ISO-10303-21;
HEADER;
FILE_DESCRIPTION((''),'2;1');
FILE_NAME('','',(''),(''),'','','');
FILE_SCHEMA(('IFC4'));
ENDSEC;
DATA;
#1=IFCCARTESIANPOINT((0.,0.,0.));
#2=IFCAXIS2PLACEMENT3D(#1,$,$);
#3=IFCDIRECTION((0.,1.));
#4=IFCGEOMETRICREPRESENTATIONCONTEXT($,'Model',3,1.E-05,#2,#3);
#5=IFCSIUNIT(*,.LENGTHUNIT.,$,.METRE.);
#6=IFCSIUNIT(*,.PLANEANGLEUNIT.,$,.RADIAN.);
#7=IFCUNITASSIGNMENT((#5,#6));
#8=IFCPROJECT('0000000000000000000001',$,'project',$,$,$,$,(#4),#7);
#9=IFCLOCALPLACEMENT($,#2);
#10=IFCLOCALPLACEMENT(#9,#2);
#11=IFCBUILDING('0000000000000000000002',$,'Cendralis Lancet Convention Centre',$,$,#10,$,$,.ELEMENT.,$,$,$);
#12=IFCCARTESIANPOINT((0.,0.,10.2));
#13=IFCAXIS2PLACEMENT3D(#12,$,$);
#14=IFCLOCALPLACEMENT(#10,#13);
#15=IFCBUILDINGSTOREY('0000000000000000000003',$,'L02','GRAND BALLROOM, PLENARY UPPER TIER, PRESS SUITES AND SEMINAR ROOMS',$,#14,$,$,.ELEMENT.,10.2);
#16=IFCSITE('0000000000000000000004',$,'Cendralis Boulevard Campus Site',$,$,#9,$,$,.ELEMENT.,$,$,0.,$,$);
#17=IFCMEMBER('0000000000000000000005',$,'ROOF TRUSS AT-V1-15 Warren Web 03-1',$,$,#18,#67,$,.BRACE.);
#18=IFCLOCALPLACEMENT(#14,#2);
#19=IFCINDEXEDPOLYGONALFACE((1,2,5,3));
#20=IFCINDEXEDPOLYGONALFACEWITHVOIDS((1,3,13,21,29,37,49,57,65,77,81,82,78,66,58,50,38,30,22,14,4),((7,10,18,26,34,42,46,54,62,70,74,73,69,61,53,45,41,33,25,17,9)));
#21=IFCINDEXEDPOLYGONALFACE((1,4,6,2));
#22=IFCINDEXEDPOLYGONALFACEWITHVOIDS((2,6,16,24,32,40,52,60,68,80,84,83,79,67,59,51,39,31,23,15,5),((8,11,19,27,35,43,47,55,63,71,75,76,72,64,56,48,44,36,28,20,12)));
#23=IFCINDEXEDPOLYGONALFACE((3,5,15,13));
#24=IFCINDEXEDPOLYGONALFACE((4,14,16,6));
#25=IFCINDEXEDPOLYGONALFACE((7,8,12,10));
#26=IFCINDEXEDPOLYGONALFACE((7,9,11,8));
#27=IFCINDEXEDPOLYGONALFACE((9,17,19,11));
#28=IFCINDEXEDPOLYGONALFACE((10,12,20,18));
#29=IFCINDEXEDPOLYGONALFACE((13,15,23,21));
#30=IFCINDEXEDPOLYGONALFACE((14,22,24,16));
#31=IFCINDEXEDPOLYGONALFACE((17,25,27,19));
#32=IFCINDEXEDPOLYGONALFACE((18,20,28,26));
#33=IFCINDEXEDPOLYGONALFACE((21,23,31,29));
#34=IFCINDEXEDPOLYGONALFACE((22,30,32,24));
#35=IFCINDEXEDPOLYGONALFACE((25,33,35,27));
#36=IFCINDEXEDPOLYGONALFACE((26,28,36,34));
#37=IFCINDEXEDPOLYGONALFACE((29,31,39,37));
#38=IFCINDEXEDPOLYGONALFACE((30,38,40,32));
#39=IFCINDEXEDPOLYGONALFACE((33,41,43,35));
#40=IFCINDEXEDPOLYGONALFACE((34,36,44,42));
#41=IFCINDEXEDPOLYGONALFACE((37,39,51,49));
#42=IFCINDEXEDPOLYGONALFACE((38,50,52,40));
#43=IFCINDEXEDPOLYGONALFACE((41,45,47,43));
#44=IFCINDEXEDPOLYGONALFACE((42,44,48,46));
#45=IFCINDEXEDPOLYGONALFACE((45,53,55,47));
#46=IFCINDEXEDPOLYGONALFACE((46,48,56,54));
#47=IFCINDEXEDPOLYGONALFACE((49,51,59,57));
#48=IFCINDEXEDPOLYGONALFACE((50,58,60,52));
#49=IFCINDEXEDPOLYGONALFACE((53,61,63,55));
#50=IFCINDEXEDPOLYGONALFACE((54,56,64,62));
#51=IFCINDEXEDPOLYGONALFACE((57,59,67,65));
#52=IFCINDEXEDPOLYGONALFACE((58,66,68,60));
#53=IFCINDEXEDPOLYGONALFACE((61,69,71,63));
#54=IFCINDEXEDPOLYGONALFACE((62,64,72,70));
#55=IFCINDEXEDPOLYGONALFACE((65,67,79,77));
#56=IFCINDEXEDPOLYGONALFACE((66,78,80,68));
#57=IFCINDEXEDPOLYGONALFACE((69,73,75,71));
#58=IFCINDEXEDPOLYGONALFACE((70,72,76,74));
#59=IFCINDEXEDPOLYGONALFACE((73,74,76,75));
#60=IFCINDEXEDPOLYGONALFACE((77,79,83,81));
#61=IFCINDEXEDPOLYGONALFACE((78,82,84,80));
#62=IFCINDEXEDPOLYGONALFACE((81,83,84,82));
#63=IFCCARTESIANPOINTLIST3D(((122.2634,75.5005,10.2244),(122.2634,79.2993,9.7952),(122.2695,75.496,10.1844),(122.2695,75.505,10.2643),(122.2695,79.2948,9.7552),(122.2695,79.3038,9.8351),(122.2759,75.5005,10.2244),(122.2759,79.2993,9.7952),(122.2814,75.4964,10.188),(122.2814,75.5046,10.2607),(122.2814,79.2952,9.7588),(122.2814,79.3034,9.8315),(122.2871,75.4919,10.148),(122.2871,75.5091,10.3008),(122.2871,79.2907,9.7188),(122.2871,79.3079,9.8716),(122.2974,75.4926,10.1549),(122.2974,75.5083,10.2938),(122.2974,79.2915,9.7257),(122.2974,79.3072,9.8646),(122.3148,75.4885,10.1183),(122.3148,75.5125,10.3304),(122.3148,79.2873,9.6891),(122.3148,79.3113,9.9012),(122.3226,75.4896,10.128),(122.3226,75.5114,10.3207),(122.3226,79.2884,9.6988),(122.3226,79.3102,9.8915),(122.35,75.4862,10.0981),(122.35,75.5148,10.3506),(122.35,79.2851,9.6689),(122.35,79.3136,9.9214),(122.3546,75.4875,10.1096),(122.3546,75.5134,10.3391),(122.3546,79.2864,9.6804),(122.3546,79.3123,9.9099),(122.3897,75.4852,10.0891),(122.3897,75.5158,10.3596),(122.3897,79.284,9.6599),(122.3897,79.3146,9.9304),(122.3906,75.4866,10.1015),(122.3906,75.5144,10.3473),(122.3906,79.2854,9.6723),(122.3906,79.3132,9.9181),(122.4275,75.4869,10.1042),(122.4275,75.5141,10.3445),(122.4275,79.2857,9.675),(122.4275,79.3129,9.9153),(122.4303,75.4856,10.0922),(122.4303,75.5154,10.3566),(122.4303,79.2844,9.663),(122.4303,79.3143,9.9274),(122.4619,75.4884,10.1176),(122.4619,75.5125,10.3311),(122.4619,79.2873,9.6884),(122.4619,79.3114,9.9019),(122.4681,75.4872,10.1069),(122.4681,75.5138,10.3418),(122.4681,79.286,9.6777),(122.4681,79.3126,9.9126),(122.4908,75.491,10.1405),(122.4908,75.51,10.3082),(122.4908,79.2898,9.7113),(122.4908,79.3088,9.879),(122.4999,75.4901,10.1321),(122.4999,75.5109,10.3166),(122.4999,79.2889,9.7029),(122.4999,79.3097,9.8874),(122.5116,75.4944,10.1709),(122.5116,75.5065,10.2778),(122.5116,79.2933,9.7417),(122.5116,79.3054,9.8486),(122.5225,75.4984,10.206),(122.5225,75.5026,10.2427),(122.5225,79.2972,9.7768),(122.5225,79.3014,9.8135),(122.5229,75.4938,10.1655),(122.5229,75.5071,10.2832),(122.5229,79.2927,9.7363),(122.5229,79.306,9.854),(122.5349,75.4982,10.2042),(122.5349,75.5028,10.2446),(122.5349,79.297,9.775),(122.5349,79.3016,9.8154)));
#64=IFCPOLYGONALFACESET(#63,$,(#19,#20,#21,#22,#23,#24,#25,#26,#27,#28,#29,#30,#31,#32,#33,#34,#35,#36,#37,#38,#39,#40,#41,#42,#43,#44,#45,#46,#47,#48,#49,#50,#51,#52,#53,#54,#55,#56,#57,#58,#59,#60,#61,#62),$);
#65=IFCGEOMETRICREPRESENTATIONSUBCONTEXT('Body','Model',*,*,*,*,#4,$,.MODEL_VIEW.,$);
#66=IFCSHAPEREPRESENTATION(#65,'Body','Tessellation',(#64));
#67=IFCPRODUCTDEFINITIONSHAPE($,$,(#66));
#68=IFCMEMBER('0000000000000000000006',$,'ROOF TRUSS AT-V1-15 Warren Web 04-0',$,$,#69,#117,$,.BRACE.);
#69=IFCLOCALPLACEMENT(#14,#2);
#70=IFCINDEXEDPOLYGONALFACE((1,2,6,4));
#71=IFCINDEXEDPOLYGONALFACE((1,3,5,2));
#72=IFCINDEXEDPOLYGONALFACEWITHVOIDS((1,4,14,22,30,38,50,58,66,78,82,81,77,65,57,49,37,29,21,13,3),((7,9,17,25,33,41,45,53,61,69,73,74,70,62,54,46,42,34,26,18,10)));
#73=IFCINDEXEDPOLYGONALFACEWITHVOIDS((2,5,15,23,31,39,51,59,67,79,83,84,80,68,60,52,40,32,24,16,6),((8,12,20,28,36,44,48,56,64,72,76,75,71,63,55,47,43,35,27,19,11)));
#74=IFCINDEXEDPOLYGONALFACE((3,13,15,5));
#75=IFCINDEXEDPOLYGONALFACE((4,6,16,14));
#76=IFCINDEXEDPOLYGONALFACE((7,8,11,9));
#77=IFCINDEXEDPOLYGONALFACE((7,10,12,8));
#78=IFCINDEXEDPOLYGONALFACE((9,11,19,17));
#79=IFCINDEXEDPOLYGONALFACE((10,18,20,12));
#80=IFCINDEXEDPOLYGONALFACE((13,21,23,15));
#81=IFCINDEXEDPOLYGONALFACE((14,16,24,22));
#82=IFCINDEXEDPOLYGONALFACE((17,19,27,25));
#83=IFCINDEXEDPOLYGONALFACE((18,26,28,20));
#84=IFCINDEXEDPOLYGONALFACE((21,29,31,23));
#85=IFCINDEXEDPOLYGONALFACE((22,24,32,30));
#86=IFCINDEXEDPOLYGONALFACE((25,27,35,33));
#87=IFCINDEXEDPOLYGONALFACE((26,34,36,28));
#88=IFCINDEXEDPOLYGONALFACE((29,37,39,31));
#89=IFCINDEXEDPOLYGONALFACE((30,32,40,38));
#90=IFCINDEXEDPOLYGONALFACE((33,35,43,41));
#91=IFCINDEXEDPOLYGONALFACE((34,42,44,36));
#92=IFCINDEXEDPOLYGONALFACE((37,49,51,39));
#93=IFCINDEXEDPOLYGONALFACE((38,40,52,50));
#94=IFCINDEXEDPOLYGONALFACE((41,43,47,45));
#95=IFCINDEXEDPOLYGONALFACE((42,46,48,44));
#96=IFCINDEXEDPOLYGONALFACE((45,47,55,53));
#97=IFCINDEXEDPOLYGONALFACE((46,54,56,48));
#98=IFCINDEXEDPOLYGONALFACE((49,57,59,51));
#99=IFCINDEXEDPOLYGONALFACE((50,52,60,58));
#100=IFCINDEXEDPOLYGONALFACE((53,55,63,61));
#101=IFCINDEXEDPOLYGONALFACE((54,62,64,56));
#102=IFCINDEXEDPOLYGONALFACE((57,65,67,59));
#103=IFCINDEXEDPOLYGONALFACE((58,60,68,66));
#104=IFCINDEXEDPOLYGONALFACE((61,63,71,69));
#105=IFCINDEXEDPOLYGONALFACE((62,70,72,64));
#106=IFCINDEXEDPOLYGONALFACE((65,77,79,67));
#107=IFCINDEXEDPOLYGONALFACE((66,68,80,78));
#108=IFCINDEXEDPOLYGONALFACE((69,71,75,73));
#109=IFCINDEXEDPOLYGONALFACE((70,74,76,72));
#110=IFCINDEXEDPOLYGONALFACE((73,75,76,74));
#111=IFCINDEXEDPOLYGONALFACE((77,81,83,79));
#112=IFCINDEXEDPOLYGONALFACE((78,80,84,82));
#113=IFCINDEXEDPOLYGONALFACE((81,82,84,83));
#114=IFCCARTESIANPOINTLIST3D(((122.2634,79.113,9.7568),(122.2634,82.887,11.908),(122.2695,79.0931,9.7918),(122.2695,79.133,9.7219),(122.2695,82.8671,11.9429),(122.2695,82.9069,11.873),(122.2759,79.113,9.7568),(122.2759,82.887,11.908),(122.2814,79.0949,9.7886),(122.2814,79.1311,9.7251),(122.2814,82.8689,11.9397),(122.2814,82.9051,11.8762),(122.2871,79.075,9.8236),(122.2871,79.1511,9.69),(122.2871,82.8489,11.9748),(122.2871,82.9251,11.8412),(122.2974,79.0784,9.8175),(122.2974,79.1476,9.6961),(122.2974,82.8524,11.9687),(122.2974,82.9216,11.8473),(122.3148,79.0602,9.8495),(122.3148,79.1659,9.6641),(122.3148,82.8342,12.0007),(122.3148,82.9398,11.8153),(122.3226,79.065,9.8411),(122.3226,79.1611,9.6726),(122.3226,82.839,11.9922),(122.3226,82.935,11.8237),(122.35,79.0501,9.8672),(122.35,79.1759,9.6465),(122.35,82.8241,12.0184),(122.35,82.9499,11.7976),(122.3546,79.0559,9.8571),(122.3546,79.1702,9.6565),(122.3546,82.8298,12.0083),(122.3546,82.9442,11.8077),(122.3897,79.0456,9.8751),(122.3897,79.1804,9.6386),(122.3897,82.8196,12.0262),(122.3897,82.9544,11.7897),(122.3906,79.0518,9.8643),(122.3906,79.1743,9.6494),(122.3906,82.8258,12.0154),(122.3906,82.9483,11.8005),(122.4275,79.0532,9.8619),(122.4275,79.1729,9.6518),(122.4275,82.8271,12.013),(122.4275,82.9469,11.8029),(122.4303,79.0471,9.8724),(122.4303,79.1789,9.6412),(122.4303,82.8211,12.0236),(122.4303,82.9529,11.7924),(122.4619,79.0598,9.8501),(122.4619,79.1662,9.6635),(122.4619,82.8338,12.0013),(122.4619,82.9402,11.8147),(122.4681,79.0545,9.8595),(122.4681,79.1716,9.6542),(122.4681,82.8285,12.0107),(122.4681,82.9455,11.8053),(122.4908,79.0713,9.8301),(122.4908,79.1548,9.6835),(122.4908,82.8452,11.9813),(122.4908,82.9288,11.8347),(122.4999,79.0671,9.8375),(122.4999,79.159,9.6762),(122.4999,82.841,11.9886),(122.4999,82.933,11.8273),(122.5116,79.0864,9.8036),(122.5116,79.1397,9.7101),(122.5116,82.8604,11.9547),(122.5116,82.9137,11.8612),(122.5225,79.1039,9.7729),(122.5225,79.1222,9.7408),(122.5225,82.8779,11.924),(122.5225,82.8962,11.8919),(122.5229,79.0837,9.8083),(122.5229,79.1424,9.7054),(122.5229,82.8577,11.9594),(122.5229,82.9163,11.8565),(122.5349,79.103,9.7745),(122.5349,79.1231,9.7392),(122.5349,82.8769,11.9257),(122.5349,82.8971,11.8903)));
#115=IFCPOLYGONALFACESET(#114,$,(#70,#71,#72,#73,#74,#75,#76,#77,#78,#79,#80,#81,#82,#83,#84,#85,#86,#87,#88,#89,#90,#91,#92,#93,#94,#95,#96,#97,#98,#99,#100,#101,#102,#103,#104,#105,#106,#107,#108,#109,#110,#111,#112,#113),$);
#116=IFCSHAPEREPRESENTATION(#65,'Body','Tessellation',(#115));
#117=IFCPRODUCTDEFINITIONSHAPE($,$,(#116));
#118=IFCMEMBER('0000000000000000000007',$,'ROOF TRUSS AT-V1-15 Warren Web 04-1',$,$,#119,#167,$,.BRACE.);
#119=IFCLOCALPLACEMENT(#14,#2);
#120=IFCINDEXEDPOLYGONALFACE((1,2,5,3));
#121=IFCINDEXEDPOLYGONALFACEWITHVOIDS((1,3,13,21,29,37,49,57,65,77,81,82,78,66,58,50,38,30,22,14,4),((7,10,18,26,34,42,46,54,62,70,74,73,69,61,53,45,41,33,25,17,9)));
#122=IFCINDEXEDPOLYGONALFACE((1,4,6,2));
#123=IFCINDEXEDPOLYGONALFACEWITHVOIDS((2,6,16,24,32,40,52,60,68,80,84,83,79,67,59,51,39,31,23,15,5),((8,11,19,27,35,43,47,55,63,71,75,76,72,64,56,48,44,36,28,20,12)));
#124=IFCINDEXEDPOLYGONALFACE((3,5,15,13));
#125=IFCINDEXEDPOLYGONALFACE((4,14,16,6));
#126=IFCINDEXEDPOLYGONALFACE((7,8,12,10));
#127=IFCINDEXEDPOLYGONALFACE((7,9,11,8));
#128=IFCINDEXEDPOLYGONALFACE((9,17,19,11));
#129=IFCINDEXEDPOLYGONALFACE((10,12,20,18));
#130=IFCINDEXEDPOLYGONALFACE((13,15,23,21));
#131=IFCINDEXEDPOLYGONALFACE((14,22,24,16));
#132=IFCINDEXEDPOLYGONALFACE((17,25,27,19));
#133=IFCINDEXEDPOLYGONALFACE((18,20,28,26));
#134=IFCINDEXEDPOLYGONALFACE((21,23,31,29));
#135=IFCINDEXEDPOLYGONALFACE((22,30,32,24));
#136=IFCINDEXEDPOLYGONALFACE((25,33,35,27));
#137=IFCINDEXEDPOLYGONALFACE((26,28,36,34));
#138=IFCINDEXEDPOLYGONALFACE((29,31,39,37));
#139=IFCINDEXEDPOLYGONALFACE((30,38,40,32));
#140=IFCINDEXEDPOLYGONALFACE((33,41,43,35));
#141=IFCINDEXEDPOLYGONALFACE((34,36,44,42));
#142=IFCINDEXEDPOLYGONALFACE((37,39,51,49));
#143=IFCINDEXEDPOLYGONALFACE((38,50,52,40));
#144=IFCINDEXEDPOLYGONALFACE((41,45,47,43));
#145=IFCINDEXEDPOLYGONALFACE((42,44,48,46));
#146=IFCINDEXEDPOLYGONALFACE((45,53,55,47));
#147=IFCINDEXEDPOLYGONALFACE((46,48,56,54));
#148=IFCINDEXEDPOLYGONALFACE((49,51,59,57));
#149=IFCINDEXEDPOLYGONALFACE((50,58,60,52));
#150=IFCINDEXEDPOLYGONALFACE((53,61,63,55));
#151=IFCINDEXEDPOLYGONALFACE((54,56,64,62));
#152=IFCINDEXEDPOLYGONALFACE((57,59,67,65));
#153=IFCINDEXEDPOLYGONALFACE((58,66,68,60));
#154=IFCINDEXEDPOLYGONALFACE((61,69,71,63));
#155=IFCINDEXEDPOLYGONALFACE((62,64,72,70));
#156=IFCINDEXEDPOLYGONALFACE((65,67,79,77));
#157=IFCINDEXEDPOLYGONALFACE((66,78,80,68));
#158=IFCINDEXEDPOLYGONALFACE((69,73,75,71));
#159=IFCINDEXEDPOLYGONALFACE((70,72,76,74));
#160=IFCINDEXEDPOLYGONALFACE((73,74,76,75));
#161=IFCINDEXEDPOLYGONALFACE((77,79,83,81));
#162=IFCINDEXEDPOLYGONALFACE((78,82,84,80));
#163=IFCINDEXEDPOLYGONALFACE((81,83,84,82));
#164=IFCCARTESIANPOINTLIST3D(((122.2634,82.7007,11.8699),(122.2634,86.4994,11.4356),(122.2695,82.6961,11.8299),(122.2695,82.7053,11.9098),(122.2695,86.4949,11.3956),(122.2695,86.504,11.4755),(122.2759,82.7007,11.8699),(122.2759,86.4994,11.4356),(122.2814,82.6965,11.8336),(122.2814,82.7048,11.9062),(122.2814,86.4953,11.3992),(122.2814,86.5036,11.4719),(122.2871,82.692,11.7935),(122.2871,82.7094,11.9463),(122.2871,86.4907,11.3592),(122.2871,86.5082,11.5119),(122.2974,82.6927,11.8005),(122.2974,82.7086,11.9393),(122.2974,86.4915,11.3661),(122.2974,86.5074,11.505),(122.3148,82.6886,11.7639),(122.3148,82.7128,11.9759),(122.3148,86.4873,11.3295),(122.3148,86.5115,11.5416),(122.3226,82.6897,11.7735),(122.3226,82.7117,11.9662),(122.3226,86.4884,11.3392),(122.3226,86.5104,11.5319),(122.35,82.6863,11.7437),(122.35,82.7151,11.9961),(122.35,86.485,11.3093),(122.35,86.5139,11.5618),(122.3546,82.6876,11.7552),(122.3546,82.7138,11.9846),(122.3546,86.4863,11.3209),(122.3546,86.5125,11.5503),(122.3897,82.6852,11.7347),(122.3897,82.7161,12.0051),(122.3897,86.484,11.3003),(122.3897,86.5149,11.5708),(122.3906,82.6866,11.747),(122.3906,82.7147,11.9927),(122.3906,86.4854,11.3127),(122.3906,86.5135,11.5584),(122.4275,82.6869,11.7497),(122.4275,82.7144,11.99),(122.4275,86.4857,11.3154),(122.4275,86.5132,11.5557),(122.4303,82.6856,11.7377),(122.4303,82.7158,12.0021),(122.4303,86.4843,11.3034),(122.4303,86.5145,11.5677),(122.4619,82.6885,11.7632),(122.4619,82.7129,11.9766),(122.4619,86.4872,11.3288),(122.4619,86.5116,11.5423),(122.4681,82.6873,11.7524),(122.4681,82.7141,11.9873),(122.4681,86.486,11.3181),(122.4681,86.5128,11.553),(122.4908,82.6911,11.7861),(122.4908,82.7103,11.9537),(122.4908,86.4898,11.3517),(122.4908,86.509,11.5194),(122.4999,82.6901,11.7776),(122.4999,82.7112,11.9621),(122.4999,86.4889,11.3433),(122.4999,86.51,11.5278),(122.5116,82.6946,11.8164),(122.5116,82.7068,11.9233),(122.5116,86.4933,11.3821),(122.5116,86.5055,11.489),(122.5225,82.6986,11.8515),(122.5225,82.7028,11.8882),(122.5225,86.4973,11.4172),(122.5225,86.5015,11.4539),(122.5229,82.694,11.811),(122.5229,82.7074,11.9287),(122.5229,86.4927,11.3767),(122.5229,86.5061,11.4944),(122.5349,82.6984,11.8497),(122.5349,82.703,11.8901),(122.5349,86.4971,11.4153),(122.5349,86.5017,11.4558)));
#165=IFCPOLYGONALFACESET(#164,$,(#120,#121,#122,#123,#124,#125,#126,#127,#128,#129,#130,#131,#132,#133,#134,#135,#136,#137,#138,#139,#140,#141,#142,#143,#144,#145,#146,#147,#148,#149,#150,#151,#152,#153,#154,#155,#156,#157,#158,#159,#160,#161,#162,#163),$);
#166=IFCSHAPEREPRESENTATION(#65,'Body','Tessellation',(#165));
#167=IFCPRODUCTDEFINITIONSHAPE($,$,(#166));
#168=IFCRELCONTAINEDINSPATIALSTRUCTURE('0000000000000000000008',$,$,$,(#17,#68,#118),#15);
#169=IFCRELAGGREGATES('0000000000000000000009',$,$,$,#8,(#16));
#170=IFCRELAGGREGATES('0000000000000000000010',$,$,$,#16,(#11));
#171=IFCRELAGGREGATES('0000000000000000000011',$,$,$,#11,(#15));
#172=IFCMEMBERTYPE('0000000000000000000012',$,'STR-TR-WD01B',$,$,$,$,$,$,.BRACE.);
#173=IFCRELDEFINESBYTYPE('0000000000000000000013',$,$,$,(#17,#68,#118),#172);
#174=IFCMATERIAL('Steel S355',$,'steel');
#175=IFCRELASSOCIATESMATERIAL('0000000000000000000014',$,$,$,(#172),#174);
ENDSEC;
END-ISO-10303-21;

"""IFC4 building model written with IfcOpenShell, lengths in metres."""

from ifc_helpers import new_model, si_unit, direction, frame, origin, origin_2d, place, context, subcontext, project, spatial, hollow_circle, extrude, material, material_profile, profile_set, type_object, element, save


model = new_model("IFC4")

# Units and contexts
model_context = context("Model", 3, precision=1e-05, world=origin(), true_north=direction((0.0, 1.0)))
body_context = subcontext(model_context, "Body", "Model", "MODEL_VIEW")
ifc_project = project(units=[si_unit("LENGTHUNIT", "METRE"), si_unit("PLANEANGLEUNIT", "RADIAN")], contexts=[model_context])

# Site, building, storey
site_placement = place(None, origin())
site = spatial("IfcSite", under=ifc_project, at=site_placement, Name="Cendralis Boulevard Campus Site", CompositionType="ELEMENT", RefElevation=0.0)
building_placement = place(site_placement, origin())
building = spatial("IfcBuilding", under=site, at=building_placement, Name="Cendralis Lancet Convention Centre", CompositionType="ELEMENT")
storey_placement = place(building_placement, frame((0.0, 0.0, 10.2)))
storey = spatial("IfcBuildingStorey", under=building, at=storey_placement, Name="L02", Description="GRAND BALLROOM, PLENARY UPPER TIER, PRESS SUITES AND SEMINAR ROOMS", CompositionType="ELEMENT", Elevation=10.2)

# Members
ifc_material = material(Name="Steel S355", Category="steel")
ifc_material_profile_1 = material_profile(ifc_material, hollow_circle(Radius=0.1365, WallThickness=0.0125, at=origin_2d()), Name="CHS 273.0x12.5")
ifc_profile_set_1 = profile_set([ifc_material_profile_1], Name="Steel S355")
member_type_1 = type_object("IfcMemberType", Name="STR-TR-WD01B", PredefinedType="BRACE", material=ifc_profile_set_1)
member_1_placement = place(storey_placement, frame((122.3999, 75.5005, 10.2244), z_axis=(0.0, 0.993678, -0.112268), x_axis=(-1.0, 0.0, 0.0)))
element("IfcMember", 1, at=member_1_placement, inside=storey, type_object=member_type_1, Name="ROOF TRUSS AT-V1-15 Warren Web 03-1", PredefinedType="BRACE", context=body_context, shape_type="SweptSolid", body=[
    extrude(hollow_circle(Radius=0.1365, WallThickness=0.0125, at=origin_2d()), origin(), (0.0, 0.0, 1.0), 3.823),
])
member_2_placement = place(storey_placement, frame((122.3999, 79.113, 9.7568), z_axis=(0.0, 0.868779, 0.4952), x_axis=(-1.0, 0.0, 0.0)))
element("IfcMember", 2, at=member_2_placement, inside=storey, type_object=member_type_1, Name="ROOF TRUSS AT-V1-15 Warren Web 04-0", PredefinedType="BRACE", context=body_context, shape_type="SweptSolid", body=[
    extrude(hollow_circle(Radius=0.1365, WallThickness=0.0125, at=origin_2d()), origin(), (0.0, 0.0, 1.0), 4.344),
])
member_3_placement = place(storey_placement, frame((122.3999, 82.7007, 11.8699), z_axis=(0.0, 0.993528, -0.113592), x_axis=(-1.0, 0.0, 0.0)))
element("IfcMember", 3, at=member_3_placement, inside=storey, type_object=member_type_1, Name="ROOF TRUSS AT-V1-15 Warren Web 04-1", PredefinedType="BRACE", context=body_context, shape_type="SweptSolid", body=[
    extrude(hollow_circle(Radius=0.1365, WallThickness=0.0125, at=origin_2d()), origin(), (0.0, 0.0, 1.0), 3.8235),
])

save(model, "model.ifc")
